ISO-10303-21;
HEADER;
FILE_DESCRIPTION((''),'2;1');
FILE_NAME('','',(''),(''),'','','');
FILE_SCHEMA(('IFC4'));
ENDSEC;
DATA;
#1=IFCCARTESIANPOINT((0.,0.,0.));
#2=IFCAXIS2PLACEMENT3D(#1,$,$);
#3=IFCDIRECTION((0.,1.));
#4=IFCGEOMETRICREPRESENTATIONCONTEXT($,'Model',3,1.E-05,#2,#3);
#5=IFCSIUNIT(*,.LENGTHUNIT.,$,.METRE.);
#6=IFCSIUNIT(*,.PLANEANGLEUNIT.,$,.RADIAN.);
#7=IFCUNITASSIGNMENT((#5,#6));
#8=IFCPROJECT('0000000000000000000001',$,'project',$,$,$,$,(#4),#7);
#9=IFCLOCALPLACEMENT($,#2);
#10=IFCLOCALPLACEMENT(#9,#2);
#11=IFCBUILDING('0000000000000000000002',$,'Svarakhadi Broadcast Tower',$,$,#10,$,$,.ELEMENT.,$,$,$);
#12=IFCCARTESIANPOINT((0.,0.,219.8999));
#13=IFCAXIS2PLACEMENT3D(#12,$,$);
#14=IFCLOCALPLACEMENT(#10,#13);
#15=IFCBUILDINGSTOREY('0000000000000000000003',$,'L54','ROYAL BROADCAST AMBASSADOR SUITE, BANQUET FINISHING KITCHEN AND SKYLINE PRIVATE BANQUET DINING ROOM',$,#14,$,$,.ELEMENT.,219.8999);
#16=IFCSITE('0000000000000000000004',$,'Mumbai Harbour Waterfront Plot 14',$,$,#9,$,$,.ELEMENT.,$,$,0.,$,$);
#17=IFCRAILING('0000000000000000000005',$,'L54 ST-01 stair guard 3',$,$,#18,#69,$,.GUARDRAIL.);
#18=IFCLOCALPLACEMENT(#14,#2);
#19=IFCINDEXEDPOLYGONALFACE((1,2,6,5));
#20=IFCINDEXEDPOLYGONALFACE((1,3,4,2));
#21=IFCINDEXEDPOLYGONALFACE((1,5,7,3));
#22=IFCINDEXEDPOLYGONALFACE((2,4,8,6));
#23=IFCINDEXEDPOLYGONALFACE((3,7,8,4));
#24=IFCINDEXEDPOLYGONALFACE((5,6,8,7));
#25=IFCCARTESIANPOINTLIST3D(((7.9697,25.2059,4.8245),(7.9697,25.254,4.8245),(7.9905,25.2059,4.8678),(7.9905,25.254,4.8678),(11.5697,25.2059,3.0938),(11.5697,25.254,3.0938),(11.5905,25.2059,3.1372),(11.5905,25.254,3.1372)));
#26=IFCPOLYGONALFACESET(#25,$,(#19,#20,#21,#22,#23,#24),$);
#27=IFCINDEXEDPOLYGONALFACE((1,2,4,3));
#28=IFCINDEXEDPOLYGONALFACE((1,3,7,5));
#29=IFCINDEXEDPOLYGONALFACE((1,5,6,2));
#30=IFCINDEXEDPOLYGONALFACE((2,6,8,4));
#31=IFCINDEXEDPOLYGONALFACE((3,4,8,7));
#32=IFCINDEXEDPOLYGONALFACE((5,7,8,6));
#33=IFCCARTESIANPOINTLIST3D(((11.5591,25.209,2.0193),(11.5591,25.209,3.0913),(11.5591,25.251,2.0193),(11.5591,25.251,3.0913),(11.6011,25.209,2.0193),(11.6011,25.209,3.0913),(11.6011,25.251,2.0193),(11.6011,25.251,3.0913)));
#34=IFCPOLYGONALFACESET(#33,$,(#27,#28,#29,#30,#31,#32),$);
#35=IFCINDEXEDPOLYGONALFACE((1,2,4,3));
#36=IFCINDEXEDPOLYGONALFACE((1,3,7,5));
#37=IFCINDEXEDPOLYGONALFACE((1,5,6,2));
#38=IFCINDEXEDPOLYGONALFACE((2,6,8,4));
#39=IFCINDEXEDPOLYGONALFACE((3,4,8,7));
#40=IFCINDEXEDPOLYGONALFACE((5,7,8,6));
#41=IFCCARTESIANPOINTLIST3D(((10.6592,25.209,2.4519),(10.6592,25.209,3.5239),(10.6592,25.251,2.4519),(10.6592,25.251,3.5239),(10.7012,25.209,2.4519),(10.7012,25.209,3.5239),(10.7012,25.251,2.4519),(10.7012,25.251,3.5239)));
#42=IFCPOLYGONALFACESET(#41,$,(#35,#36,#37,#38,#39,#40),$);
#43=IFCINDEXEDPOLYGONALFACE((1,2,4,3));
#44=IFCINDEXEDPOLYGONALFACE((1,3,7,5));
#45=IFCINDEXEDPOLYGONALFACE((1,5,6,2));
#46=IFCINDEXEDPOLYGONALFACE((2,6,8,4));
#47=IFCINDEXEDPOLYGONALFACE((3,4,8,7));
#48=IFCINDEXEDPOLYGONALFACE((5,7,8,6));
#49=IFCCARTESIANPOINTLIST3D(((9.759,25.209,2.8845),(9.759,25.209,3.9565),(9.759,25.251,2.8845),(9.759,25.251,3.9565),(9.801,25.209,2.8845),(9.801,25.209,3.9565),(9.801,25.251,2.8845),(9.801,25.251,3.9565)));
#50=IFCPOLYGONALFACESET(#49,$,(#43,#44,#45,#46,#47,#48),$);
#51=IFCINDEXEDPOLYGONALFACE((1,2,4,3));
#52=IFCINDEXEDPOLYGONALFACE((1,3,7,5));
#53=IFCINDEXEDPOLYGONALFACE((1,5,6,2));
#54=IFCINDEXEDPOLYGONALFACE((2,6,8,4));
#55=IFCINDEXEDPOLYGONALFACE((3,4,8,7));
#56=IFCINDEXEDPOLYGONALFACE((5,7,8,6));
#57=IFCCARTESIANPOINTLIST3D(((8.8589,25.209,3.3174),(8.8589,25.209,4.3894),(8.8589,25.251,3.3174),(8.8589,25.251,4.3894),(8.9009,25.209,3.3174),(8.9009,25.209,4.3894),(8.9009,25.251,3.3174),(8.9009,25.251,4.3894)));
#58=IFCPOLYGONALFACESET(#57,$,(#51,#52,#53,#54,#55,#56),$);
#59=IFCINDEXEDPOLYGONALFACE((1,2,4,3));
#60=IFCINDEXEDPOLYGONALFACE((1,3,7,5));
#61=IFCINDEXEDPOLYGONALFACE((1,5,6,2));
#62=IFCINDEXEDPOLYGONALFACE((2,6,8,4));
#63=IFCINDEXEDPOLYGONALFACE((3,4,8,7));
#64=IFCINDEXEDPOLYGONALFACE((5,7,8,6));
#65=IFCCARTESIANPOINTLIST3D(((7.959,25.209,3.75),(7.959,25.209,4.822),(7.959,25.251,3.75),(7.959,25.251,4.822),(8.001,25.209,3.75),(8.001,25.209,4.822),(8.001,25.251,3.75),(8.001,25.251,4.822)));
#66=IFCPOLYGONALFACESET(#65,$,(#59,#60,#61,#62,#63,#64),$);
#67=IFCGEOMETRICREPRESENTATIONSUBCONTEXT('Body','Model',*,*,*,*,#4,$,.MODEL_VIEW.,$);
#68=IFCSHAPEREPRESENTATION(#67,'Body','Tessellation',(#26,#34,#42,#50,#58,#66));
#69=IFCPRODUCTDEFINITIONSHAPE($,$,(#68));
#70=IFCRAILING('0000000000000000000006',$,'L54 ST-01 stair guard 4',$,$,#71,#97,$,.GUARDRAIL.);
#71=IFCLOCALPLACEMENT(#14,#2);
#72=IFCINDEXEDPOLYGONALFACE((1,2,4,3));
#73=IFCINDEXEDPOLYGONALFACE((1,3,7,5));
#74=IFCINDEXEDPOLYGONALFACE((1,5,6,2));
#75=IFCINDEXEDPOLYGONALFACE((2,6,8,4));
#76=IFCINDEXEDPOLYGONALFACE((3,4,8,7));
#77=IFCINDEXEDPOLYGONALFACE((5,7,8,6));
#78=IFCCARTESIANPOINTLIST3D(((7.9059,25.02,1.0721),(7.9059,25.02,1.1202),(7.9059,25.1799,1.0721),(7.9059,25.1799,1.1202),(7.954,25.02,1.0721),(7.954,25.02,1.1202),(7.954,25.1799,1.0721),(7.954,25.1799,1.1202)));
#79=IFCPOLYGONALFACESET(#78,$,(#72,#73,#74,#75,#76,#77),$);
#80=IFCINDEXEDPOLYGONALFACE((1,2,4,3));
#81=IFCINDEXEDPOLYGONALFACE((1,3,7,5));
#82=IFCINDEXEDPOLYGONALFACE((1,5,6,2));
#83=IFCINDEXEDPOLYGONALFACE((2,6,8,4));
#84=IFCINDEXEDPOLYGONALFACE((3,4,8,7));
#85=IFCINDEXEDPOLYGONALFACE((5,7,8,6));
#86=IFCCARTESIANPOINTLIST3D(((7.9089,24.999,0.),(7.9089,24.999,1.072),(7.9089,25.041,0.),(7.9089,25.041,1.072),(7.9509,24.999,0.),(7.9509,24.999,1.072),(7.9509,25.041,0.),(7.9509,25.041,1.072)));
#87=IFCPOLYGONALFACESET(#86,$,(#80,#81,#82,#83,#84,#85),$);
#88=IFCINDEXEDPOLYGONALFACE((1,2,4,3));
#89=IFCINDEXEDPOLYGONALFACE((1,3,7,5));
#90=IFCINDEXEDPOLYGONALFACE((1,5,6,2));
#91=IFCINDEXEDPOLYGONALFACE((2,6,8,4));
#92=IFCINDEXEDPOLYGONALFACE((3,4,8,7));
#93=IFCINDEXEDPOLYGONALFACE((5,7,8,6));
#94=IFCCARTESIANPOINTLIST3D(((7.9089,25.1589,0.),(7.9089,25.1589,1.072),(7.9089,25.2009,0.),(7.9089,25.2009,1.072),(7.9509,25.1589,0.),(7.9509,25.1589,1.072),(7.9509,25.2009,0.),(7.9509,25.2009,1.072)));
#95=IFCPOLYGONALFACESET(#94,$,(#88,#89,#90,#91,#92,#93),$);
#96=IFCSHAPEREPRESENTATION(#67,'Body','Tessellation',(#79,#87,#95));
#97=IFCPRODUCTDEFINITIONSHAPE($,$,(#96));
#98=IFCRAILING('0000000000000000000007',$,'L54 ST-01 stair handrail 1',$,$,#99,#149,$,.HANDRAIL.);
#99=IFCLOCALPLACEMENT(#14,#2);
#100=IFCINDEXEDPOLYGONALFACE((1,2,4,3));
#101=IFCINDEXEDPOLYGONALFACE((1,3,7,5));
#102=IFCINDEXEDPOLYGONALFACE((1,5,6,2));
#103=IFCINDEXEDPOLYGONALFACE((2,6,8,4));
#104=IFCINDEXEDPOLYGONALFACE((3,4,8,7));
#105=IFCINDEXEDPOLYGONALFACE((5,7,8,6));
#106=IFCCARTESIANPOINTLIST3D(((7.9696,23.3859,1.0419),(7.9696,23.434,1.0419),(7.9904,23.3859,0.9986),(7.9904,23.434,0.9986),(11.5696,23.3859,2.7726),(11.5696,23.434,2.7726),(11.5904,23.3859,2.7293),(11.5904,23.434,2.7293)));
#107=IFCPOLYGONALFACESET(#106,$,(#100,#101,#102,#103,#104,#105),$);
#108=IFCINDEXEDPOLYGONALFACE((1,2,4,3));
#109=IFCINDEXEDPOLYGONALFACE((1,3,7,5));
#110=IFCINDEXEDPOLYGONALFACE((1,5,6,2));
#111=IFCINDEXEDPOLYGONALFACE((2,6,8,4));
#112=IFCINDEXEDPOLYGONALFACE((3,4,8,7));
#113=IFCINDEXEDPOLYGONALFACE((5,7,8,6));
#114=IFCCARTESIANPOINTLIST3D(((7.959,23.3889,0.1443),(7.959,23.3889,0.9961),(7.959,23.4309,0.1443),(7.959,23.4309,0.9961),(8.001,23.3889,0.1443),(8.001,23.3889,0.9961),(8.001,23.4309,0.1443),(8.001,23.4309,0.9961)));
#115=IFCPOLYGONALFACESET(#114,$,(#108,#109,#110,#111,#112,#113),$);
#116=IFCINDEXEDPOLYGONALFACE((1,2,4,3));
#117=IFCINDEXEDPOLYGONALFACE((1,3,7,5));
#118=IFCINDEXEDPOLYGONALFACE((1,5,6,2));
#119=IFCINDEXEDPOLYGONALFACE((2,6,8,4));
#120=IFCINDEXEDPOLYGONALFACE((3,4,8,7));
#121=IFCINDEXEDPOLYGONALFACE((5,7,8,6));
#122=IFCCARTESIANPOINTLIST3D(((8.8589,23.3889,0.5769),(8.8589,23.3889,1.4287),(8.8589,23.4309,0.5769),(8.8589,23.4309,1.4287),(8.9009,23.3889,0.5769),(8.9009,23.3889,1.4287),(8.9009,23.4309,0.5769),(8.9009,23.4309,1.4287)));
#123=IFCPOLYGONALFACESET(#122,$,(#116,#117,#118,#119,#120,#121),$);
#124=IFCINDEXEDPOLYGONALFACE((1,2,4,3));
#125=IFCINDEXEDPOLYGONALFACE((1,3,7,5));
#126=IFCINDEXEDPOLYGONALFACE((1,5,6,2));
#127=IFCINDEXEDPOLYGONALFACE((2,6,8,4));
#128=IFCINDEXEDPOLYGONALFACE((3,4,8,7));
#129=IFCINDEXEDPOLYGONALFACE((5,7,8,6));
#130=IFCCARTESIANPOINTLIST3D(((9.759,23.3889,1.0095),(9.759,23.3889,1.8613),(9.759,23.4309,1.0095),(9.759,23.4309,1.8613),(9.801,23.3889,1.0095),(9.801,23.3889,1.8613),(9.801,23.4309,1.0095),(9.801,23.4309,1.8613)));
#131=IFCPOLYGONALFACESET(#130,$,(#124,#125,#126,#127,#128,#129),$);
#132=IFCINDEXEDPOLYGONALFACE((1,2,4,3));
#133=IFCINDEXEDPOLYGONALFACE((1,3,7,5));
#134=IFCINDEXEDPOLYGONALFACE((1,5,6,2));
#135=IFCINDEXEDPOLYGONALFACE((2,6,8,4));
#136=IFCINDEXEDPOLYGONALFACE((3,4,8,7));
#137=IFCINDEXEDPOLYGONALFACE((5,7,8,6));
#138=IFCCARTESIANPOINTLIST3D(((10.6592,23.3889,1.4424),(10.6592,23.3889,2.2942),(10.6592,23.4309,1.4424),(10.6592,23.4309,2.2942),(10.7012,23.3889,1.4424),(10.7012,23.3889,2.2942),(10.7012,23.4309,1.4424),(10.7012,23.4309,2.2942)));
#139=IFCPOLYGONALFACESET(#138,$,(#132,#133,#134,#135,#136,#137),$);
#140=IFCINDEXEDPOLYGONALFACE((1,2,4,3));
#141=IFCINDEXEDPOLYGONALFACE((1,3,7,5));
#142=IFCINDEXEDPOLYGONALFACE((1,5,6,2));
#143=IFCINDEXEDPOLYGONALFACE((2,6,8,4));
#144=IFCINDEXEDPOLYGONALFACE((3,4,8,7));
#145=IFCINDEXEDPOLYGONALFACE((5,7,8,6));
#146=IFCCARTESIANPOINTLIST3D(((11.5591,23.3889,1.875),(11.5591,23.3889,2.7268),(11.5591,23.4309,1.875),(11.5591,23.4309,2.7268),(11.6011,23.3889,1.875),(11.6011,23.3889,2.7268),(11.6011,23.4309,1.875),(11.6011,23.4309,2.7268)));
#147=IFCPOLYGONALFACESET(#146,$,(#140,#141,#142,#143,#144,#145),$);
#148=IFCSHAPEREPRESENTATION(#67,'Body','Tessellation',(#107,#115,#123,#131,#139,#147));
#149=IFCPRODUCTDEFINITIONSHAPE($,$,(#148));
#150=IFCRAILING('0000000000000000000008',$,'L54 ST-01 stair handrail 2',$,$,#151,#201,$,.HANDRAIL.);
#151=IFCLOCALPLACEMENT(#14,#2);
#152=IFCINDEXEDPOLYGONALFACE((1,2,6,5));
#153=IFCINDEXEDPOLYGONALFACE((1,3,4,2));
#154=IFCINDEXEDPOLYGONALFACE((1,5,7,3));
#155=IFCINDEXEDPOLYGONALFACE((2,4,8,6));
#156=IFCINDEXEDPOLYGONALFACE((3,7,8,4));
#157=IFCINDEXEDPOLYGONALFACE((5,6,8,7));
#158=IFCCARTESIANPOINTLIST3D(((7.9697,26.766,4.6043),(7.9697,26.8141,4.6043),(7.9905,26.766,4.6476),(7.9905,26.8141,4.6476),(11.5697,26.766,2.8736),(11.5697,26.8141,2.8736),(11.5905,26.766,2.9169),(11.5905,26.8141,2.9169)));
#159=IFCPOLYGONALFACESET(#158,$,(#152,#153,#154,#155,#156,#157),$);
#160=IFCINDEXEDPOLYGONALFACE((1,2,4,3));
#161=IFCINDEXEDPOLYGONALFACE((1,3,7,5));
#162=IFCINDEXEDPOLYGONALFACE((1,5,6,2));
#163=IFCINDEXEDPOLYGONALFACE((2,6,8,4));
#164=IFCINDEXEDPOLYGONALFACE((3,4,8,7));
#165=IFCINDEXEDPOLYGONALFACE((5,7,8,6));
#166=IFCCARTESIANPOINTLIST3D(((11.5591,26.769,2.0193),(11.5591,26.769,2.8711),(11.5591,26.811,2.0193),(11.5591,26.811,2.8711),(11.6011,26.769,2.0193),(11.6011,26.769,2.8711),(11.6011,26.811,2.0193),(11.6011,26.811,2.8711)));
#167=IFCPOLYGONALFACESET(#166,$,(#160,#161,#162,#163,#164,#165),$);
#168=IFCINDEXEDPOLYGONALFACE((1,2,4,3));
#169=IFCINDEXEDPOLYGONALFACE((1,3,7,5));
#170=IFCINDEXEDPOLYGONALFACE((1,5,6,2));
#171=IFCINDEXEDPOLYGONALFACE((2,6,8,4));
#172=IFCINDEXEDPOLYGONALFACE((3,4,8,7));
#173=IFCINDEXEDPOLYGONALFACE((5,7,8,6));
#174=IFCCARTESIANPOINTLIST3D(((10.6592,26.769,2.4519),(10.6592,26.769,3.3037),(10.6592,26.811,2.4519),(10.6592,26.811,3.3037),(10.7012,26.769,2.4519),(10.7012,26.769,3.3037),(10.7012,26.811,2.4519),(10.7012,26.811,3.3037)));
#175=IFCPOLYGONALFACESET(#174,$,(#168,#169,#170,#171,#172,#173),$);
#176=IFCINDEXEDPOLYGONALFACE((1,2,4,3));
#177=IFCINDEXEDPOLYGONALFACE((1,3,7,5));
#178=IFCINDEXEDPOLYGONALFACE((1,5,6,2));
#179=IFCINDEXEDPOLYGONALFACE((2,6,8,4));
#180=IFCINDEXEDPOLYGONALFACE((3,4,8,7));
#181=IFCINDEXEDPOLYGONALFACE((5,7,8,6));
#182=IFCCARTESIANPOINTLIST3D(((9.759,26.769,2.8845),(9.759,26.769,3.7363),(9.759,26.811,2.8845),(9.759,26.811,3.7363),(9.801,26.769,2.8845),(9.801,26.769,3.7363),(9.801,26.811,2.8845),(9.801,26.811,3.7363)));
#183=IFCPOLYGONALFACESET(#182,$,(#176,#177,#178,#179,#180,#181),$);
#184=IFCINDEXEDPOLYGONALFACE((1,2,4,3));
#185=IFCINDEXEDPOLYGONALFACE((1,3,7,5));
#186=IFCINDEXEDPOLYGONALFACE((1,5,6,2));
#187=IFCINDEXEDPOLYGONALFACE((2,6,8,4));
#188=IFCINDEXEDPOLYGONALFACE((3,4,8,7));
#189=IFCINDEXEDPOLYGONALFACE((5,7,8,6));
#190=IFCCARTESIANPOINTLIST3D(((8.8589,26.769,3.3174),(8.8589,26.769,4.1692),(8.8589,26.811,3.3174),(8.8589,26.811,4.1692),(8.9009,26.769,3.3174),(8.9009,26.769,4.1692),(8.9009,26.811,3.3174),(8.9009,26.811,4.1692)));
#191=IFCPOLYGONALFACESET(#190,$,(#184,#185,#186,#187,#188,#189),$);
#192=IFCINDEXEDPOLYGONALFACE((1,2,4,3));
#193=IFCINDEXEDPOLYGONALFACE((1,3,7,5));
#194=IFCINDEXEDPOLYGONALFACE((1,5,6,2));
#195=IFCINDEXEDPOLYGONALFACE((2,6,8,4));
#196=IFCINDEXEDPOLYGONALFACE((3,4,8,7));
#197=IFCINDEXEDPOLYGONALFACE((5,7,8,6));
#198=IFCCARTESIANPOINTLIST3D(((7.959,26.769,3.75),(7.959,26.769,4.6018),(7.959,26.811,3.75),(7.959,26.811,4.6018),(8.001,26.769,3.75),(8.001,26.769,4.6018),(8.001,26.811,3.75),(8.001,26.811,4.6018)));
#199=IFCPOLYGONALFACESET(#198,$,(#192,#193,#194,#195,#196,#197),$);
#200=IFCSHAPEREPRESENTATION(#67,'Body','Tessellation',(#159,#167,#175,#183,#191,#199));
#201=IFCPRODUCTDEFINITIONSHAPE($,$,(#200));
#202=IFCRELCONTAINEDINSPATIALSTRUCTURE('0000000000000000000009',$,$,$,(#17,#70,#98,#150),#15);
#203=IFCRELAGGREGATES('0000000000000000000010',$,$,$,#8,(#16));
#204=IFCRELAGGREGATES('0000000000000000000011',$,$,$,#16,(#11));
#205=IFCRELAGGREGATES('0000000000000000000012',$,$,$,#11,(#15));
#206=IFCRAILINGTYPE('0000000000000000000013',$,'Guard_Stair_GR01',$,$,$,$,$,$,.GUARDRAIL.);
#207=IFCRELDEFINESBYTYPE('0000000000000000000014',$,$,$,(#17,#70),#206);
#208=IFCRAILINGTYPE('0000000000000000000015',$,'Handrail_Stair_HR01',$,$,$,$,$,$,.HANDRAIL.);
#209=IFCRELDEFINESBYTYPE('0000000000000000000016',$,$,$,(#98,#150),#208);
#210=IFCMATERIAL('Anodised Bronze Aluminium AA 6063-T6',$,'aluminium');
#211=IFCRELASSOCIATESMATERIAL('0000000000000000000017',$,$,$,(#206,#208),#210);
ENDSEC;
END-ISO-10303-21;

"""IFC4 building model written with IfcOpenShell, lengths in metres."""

from ifc_helpers import new_model, si_unit, direction, frame, origin, origin_2d, place, context, subcontext, project, spatial, rectangle, extrude, material, type_object, element, save


model = new_model("IFC4")

# Units and contexts
model_context = context("Model", 3, precision=1e-05, world=origin(), true_north=direction((0.0, 1.0)))
body_context = subcontext(model_context, "Body", "Model", "MODEL_VIEW")
ifc_project = project(units=[si_unit("LENGTHUNIT", "METRE"), si_unit("PLANEANGLEUNIT", "RADIAN")], contexts=[model_context])

# Site, building, storey
site_placement = place(None, origin())
site = spatial("IfcSite", under=ifc_project, at=site_placement, Name="Mumbai Harbour Waterfront Plot 14", CompositionType="ELEMENT", RefElevation=0.0)
building_placement = place(site_placement, origin())
building = spatial("IfcBuilding", under=site, at=building_placement, Name="Svarakhadi Broadcast Tower", CompositionType="ELEMENT")
storey_placement = place(building_placement, frame((0.0, 0.0, 219.8999)))
storey = spatial("IfcBuildingStorey", under=building, at=storey_placement, Name="L54", Description="ROYAL BROADCAST AMBASSADOR SUITE, BANQUET FINISHING KITCHEN AND SKYLINE PRIVATE BANQUET DINING ROOM", CompositionType="ELEMENT", Elevation=219.8999)

# Railings
ifc_material_1 = material(Name="Anodised Bronze Aluminium AA 6063-T6", Category="aluminium")
railing_type_1 = type_object("IfcRailingType", Name="Guard_Stair_GR01", PredefinedType="GUARDRAIL", material=ifc_material_1)
railing_1_placement = place(storey_placement, frame((11.5801, 25.23, 2.0193)))
element("IfcRailing", 1, at=railing_1_placement, inside=storey, type_object=railing_type_1, Name="L54 ST-01 stair guard 3", PredefinedType="GUARDRAIL", context=body_context, shape_type="SweptSolid", body=[
    extrude(rectangle(XDim=0.0481, YDim=0.0481, at=origin_2d()), frame((0.0, 0.0, 1.0962), z_axis=(-0.901263, 0.0, 0.433273), x_axis=(0.0, -1.0, 0.0)), (0.0, 0.0, 1.0), 3.9944),
    extrude(rectangle(XDim=0.042, YDim=0.042, at=origin_2d()), origin(), (0.0, 0.0, 1.0), 1.072),
    extrude(rectangle(XDim=0.042, YDim=0.042, at=origin_2d()), frame((-0.8999, 0.0, 0.4326)), (0.0, 0.0, 1.0), 1.072),
    extrude(rectangle(XDim=0.042, YDim=0.042, at=origin_2d()), frame((-1.8, 0.0, 0.8652)), (0.0, 0.0, 1.0), 1.072),
    extrude(rectangle(XDim=0.042, YDim=0.042, at=origin_2d()), frame((-2.7002, 0.0, 1.2981)), (0.0, 0.0, 1.0), 1.072),
    extrude(rectangle(XDim=0.042, YDim=0.042, at=origin_2d()), frame((-3.6001, 0.0, 1.7307)), (0.0, 0.0, 1.0), 1.072),
])
railing_2_placement = place(storey_placement, frame((7.9299, 25.02, 0.0)))
element("IfcRailing", 2, at=railing_2_placement, inside=storey, type_object=railing_type_1, Name="L54 ST-01 stair guard 4", PredefinedType="GUARDRAIL", context=body_context, shape_type="SweptSolid", body=[
    extrude(rectangle(XDim=0.0481, YDim=0.0481, at=origin_2d()), frame((0.0, 0.0, 1.0962), z_axis=(0.0, 1.0, 0.0), x_axis=(-1.0, 0.0, 0.0)), (0.0, 0.0, 1.0), 0.1599),
    extrude(rectangle(XDim=0.042, YDim=0.042, at=origin_2d()), origin(), (0.0, 0.0, 1.0), 1.072),
    extrude(rectangle(XDim=0.042, YDim=0.042, at=origin_2d()), frame((0.0, 0.1599, 0.0)), (0.0, 0.0, 1.0), 1.072),
])
railing_type_2 = type_object("IfcRailingType", Name="Handrail_Stair_HR01", PredefinedType="HANDRAIL", material=ifc_material_1)
railing_3_placement = place(storey_placement, frame((7.98, 23.4099, 0.1443)))
element("IfcRailing", 3, at=railing_3_placement, inside=storey, type_object=railing_type_2, Name="L54 ST-01 stair handrail 1", PredefinedType="HANDRAIL", context=body_context, shape_type="SweptSolid", body=[
    extrude(rectangle(XDim=0.0481, YDim=0.0481, at=origin_2d()), frame((0.0, 0.0, 0.876), z_axis=(0.901263, 0.0, 0.433273), x_axis=(0.0, 1.0, 0.0)), (0.0, 0.0, 1.0), 3.9944),
    extrude(rectangle(XDim=0.042, YDim=0.042, at=origin_2d()), origin(), (0.0, 0.0, 1.0), 0.8518),
    extrude(rectangle(XDim=0.042, YDim=0.042, at=origin_2d()), frame((0.8999, 0.0, 0.4326)), (0.0, 0.0, 1.0), 0.8518),
    extrude(rectangle(XDim=0.042, YDim=0.042, at=origin_2d()), frame((1.8, 0.0, 0.8652)), (0.0, 0.0, 1.0), 0.8518),
    extrude(rectangle(XDim=0.042, YDim=0.042, at=origin_2d()), frame((2.7002, 0.0, 1.2981)), (0.0, 0.0, 1.0), 0.8518),
    extrude(rectangle(XDim=0.042, YDim=0.042, at=origin_2d()), frame((3.6001, 0.0, 1.7307)), (0.0, 0.0, 1.0), 0.8518),
])
railing_4_placement = place(storey_placement, frame((11.5801, 26.79, 2.0193)))
element("IfcRailing", 4, at=railing_4_placement, inside=storey, type_object=railing_type_2, Name="L54 ST-01 stair handrail 2", PredefinedType="HANDRAIL", context=body_context, shape_type="SweptSolid", body=[
    extrude(rectangle(XDim=0.0481, YDim=0.0481, at=origin_2d()), frame((0.0, 0.0, 0.876), z_axis=(-0.901263, 0.0, 0.433273), x_axis=(0.0, -1.0, 0.0)), (0.0, 0.0, 1.0), 3.9944),
    extrude(rectangle(XDim=0.042, YDim=0.042, at=origin_2d()), origin(), (0.0, 0.0, 1.0), 0.8518),
    extrude(rectangle(XDim=0.042, YDim=0.042, at=origin_2d()), frame((-0.8999, 0.0, 0.4326)), (0.0, 0.0, 1.0), 0.8518),
    extrude(rectangle(XDim=0.042, YDim=0.042, at=origin_2d()), frame((-1.8, 0.0, 0.8652)), (0.0, 0.0, 1.0), 0.8518),
    extrude(rectangle(XDim=0.042, YDim=0.042, at=origin_2d()), frame((-2.7002, 0.0, 1.2981)), (0.0, 0.0, 1.0), 0.8518),
    extrude(rectangle(XDim=0.042, YDim=0.042, at=origin_2d()), frame((-3.6001, 0.0, 1.7307)), (0.0, 0.0, 1.0), 0.8518),
])

save(model, "model.ifc")
